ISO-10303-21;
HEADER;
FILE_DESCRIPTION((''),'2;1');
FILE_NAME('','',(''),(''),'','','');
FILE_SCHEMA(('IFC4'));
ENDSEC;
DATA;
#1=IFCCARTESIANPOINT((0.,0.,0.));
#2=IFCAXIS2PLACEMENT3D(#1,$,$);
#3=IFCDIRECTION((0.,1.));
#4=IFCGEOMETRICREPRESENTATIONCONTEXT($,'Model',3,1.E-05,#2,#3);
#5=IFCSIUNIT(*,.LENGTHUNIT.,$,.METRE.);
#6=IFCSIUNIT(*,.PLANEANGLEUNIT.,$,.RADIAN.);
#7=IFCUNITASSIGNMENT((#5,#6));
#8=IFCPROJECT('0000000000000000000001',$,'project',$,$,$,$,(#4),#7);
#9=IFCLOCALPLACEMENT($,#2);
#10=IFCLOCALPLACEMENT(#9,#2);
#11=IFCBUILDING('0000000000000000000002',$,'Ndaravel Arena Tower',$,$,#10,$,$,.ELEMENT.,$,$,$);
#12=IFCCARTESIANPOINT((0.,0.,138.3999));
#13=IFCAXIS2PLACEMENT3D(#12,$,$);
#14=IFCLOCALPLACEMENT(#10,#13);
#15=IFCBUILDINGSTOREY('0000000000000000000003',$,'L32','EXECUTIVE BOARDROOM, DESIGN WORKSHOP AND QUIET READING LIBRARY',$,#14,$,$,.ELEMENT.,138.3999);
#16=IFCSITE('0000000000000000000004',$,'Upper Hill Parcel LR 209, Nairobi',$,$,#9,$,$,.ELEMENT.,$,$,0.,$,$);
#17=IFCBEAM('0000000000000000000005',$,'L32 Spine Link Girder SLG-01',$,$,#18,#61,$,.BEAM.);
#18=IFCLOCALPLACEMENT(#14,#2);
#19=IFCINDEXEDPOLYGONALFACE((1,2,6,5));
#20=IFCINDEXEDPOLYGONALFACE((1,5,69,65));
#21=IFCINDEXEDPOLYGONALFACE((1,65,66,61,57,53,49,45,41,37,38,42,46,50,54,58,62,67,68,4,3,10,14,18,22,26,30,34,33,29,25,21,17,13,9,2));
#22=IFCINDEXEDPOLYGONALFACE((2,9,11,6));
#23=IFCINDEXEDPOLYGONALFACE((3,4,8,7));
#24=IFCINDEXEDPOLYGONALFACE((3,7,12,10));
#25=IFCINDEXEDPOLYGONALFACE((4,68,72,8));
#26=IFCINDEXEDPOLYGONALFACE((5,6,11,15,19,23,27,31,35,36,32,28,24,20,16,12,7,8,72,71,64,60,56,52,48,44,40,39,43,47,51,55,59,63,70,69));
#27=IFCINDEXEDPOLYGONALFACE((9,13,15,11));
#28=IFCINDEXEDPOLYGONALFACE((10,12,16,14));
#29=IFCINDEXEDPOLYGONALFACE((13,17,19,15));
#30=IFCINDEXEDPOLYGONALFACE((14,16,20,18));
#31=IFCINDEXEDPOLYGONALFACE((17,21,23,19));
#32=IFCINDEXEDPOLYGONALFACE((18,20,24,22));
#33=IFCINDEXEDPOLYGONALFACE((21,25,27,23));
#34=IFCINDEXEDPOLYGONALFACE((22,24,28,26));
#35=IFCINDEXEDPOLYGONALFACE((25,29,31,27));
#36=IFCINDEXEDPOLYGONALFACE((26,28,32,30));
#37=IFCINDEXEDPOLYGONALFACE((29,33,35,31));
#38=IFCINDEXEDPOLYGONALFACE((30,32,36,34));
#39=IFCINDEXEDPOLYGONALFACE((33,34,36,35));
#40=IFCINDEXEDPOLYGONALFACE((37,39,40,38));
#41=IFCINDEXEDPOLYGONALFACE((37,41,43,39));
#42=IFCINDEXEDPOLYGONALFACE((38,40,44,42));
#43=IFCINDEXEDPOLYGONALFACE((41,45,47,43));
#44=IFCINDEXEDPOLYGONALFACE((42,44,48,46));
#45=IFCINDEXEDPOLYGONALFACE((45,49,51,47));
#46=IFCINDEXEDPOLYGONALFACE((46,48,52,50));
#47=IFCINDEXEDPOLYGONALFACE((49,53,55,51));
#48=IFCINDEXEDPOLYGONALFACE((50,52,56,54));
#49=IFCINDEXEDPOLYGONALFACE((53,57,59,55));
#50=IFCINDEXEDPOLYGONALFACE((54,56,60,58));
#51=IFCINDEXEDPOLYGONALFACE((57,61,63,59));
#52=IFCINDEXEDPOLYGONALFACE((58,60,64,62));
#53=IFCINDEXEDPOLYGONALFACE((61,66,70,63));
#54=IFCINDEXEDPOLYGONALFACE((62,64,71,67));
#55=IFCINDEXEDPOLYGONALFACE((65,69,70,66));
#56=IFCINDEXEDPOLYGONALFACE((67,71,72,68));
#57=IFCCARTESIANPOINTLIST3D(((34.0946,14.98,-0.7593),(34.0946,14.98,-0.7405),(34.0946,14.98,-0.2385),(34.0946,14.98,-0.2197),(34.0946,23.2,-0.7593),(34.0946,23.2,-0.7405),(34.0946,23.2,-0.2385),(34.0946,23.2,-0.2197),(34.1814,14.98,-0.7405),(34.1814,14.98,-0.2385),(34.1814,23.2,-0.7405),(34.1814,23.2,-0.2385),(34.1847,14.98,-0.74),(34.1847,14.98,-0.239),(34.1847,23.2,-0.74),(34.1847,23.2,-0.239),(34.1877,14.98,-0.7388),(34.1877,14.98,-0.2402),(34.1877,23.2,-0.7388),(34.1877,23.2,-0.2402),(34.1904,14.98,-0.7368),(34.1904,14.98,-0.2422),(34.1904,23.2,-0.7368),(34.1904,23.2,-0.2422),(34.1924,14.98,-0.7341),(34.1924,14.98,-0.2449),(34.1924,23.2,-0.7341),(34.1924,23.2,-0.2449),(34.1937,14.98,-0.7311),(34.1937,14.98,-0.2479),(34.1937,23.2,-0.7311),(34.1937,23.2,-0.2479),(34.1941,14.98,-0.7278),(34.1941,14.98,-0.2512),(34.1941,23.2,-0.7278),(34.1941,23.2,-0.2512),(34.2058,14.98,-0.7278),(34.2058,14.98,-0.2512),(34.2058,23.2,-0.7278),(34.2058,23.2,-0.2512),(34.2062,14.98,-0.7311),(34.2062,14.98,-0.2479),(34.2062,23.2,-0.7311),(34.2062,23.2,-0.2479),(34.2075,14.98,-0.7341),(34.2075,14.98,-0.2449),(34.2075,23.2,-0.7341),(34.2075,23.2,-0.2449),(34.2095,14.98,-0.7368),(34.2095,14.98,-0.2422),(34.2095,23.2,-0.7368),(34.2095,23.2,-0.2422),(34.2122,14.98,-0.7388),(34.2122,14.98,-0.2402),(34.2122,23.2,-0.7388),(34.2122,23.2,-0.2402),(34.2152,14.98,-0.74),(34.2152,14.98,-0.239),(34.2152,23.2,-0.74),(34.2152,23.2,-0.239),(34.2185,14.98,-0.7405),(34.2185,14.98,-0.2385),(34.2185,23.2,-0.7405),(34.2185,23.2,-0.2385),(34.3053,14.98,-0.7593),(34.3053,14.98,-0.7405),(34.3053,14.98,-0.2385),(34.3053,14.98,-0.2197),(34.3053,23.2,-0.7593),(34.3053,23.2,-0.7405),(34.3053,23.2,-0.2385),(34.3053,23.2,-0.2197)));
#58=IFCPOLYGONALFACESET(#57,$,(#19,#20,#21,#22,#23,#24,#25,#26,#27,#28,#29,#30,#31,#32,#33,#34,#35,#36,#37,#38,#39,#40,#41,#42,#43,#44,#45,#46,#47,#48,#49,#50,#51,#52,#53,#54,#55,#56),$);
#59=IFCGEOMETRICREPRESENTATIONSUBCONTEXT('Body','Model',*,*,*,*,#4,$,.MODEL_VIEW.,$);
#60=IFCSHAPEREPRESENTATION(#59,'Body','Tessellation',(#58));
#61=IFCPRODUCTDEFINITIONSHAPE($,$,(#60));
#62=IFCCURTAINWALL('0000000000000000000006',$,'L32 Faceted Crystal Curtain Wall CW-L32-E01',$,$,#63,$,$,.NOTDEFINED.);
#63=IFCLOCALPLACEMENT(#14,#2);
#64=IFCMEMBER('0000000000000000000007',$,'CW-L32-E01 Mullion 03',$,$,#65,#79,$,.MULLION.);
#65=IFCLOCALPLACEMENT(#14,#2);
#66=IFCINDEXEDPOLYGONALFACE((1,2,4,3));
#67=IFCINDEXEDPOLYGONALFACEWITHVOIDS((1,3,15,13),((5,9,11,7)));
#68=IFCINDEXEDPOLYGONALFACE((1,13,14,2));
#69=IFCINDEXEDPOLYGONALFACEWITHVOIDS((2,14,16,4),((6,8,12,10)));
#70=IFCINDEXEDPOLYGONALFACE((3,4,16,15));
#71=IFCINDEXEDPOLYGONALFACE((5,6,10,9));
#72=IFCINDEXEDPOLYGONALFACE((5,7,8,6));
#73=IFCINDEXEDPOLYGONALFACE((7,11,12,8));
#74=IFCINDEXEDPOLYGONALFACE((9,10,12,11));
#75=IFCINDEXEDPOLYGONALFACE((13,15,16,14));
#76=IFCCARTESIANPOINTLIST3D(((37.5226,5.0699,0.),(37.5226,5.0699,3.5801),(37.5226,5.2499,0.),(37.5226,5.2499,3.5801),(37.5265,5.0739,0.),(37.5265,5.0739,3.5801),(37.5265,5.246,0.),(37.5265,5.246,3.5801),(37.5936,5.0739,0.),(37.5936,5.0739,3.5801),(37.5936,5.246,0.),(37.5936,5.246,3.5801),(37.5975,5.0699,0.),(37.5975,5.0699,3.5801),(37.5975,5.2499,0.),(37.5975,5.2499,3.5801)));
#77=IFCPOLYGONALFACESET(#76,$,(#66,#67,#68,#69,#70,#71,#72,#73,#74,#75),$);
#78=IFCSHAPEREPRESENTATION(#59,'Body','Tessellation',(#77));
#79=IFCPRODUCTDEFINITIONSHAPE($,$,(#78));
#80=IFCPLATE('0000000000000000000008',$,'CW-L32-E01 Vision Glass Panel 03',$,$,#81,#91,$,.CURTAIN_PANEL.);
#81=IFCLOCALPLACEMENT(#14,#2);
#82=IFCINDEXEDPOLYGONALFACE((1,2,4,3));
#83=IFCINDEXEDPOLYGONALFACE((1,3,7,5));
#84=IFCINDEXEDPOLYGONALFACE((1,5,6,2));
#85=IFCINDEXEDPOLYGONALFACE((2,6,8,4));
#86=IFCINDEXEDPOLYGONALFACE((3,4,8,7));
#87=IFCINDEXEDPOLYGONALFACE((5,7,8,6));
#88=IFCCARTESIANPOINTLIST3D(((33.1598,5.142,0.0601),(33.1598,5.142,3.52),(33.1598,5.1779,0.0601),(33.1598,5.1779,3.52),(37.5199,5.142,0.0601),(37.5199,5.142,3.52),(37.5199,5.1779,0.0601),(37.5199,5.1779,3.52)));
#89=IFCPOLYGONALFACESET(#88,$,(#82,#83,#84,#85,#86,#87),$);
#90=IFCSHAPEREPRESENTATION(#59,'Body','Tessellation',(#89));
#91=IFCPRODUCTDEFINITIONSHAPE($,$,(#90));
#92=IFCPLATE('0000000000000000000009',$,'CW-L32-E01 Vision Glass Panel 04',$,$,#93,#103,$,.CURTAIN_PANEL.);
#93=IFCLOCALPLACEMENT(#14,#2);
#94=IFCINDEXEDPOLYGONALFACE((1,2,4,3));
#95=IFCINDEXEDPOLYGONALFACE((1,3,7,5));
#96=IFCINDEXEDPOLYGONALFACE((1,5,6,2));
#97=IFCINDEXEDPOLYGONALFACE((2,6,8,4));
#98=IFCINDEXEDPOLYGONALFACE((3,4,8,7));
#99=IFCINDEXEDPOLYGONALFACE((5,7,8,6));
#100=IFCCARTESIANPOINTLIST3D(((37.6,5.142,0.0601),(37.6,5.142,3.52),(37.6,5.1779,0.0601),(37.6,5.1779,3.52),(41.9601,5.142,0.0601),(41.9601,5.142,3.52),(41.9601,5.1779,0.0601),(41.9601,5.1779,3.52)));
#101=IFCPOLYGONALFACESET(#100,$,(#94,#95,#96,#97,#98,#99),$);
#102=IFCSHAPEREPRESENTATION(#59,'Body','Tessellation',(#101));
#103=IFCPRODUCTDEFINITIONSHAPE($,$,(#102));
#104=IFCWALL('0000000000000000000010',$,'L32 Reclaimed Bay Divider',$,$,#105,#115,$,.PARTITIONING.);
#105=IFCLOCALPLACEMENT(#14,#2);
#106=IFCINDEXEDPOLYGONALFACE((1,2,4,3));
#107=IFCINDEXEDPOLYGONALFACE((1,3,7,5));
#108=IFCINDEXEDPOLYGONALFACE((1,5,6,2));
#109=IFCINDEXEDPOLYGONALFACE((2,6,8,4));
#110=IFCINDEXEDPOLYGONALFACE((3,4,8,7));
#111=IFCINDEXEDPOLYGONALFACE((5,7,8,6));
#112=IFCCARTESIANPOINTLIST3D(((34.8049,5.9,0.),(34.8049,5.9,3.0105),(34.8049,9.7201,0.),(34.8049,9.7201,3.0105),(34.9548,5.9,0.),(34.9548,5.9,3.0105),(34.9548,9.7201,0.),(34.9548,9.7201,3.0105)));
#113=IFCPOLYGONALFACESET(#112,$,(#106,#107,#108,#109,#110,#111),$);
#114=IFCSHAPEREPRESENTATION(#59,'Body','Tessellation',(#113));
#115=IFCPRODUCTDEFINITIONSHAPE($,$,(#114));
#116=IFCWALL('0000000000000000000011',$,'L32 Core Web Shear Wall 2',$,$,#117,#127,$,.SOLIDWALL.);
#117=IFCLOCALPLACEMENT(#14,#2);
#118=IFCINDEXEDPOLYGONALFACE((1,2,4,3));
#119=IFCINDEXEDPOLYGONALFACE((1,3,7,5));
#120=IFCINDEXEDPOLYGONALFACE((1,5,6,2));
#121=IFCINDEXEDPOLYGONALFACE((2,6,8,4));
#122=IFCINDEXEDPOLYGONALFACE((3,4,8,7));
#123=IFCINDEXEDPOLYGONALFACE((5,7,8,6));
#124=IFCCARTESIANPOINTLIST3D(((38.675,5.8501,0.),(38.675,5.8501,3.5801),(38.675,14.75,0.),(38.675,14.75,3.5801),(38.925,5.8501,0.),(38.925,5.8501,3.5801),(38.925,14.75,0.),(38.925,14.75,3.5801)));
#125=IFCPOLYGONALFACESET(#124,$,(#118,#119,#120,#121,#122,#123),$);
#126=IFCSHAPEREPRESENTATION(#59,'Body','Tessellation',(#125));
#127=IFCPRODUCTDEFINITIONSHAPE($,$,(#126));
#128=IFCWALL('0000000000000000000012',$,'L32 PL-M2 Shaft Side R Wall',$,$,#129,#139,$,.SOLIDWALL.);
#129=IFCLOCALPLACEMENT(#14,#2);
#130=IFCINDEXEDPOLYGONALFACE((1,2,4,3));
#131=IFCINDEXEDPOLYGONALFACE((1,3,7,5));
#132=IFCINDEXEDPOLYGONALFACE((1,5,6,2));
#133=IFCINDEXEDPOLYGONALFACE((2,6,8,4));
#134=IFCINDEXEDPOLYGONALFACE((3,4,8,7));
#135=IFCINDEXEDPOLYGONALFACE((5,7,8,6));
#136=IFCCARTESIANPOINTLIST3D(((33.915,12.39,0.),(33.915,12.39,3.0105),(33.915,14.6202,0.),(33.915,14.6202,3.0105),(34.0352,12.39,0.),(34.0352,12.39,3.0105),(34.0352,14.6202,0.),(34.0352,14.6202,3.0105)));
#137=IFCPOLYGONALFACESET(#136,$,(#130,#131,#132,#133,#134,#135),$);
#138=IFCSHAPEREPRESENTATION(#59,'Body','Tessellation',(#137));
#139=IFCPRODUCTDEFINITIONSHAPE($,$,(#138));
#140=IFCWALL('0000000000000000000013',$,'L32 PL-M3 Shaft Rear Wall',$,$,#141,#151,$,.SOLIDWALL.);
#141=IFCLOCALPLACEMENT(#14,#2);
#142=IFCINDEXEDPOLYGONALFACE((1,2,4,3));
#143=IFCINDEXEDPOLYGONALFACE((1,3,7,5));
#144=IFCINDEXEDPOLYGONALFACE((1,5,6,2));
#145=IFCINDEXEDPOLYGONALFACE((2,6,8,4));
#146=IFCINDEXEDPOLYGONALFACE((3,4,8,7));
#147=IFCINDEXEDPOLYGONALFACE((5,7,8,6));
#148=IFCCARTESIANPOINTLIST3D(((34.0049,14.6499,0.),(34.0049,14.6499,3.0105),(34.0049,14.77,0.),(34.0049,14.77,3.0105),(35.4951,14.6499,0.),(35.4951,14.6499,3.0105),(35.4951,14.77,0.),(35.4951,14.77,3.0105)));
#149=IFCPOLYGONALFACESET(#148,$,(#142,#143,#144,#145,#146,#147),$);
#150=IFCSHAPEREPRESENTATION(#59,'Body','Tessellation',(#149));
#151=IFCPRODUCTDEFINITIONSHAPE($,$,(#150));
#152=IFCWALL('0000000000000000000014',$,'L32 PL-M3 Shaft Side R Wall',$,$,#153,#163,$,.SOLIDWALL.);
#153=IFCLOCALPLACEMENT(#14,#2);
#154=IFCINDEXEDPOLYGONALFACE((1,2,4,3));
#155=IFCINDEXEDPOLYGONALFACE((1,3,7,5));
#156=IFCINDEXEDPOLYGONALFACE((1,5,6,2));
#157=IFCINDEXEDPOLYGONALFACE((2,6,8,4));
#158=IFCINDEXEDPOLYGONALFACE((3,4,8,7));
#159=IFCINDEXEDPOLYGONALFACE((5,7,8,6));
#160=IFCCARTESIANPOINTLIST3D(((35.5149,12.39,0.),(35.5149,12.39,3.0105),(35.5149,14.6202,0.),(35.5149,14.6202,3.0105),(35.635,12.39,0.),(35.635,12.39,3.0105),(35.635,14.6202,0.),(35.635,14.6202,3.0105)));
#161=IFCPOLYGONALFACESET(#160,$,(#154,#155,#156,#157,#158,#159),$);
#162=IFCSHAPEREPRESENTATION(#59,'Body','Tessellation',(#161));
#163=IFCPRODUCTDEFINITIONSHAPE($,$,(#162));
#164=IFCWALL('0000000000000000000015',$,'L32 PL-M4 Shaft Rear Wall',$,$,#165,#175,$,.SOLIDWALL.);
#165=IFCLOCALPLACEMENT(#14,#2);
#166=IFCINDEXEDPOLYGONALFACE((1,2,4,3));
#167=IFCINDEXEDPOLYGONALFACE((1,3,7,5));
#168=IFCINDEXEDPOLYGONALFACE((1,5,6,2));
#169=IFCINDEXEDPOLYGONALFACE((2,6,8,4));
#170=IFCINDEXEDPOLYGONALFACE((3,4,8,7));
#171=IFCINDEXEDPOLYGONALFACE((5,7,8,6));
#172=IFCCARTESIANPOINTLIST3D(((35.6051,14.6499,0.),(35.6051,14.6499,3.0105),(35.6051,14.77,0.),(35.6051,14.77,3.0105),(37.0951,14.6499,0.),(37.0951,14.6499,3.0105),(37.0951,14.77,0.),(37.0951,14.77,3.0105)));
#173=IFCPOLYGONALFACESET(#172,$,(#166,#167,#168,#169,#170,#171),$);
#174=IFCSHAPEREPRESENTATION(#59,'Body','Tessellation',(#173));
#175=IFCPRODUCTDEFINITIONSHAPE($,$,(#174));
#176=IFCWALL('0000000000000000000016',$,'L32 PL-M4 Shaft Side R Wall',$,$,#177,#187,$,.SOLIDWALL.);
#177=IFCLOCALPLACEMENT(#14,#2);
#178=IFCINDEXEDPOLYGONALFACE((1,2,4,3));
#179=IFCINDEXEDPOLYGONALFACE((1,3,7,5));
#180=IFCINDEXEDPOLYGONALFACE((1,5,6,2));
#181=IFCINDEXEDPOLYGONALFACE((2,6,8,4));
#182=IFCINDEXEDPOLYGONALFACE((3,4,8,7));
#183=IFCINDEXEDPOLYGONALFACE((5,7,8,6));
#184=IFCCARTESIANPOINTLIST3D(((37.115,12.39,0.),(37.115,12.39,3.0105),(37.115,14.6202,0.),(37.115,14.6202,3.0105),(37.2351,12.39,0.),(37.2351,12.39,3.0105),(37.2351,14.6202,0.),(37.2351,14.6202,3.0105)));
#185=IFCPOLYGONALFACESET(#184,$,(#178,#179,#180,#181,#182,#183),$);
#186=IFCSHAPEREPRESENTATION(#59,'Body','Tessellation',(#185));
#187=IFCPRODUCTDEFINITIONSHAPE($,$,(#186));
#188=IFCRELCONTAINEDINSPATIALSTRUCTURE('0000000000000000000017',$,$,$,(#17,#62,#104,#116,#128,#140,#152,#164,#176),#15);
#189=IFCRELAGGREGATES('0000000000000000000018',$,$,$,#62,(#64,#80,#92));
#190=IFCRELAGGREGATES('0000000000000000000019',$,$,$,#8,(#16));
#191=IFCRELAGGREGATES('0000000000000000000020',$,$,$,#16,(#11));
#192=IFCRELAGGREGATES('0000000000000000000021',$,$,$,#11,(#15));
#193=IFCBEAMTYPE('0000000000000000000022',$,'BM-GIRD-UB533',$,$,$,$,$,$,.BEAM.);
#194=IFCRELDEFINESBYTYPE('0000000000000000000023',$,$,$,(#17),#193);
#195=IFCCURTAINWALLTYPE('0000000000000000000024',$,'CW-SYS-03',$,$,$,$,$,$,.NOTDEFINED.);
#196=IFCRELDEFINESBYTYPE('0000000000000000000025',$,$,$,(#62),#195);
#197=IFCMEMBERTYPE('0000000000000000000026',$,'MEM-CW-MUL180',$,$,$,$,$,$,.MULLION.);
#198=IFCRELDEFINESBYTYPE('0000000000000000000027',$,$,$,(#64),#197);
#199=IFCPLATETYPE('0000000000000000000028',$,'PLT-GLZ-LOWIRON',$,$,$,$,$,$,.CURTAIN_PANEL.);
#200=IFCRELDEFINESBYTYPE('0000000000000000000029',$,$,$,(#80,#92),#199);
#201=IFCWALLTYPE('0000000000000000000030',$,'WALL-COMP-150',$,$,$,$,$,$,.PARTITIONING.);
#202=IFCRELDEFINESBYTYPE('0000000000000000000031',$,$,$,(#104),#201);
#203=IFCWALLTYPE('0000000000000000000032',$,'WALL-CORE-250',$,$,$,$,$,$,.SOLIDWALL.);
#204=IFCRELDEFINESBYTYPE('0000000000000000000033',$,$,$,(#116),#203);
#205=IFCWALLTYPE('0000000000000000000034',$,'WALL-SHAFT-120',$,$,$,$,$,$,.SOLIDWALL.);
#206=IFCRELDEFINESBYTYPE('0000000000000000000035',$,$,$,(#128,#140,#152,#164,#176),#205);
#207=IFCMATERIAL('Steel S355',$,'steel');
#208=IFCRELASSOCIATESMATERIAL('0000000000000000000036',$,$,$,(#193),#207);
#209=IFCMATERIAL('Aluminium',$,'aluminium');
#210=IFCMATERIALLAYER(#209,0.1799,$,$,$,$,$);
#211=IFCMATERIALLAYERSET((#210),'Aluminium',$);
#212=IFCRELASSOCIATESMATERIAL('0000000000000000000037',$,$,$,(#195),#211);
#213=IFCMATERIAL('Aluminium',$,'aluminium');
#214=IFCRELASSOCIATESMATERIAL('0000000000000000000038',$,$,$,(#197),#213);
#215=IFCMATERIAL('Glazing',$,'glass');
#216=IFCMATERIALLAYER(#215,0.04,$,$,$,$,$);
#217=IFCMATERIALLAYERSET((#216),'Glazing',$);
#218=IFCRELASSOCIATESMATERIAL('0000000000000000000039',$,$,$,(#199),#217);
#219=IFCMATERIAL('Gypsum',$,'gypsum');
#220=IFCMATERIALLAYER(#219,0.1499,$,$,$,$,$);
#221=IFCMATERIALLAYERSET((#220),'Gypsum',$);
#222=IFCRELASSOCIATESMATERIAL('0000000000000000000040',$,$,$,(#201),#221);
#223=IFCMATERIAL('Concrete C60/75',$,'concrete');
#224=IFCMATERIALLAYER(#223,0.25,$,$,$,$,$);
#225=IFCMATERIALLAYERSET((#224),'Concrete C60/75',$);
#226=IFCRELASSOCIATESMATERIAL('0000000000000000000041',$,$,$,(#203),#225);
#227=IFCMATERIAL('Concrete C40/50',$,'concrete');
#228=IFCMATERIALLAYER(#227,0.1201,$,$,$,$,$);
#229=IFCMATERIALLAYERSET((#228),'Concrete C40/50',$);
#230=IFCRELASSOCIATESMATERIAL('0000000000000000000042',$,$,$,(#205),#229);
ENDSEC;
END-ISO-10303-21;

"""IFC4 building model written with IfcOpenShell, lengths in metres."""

from ifc_helpers import new_model, si_unit, direction, frame, frame_2d, origin, origin_2d, place, context, subcontext, project, spatial, rectangle, hollow_rectangle, i_section, extrude, material, layer, layer_set, material_profile, profile_set, type_object, element, aggregate, save


model = new_model("IFC4")

# Units and contexts
model_context = context("Model", 3, precision=1e-05, world=origin(), true_north=direction((0.0, 1.0)))
body_context = subcontext(model_context, "Body", "Model", "MODEL_VIEW")
ifc_project = project(units=[si_unit("LENGTHUNIT", "METRE"), si_unit("PLANEANGLEUNIT", "RADIAN")], contexts=[model_context])

# Site, building, storey
site_placement = place(None, origin())
site = spatial("IfcSite", under=ifc_project, at=site_placement, Name="Upper Hill Parcel LR 209, Nairobi", CompositionType="ELEMENT", RefElevation=0.0)
building_placement = place(site_placement, origin())
building = spatial("IfcBuilding", under=site, at=building_placement, Name="Ndaravel Arena Tower", CompositionType="ELEMENT")
storey_placement = place(building_placement, frame((0.0, 0.0, 138.3999)))
storey = spatial("IfcBuildingStorey", under=building, at=storey_placement, Name="L32", Description="EXECUTIVE BOARDROOM, DESIGN WORKSHOP AND QUIET READING LIBRARY", CompositionType="ELEMENT", Elevation=138.3999)

# Beam
ifc_material_1 = material(Name="Steel S355", Category="steel")
ifc_material_profile_1 = material_profile(ifc_material_1, i_section(OverallWidth=0.2107, OverallDepth=0.5396, WebThickness=0.0117, FlangeThickness=0.0188, FilletRadius=0.0127, at=origin_2d()), Name="UB 533x210x109")
ifc_profile_set_1 = profile_set([ifc_material_profile_1], Name="Steel S355")
beam_type = type_object("IfcBeamType", Name="BM-GIRD-UB533", PredefinedType="BEAM", material=ifc_profile_set_1)
beam_placement = place(storey_placement, frame((34.2, 14.98, -0.4895), z_axis=(0.0, 1.0, 0.0), x_axis=(-1.0, 0.0, 0.0)))
element("IfcBeam", 1, at=beam_placement, inside=storey, type_object=beam_type, Name="L32 Spine Link Girder SLG-01", PredefinedType="BEAM", context=body_context, shape_type="SweptSolid", body=[
    extrude(i_section(OverallWidth=0.2107, OverallDepth=0.5396, WebThickness=0.0117, FlangeThickness=0.0188, FilletRadius=0.0127, at=origin_2d()), origin(), (0.0, 0.0, 1.0), 8.22),
])

# Curtain wall, member, plates
ifc_material_2 = material(Name="Aluminium", Category="aluminium")
ifc_layer_1 = layer(ifc_material_2, 0.1799)
ifc_layer_set_1 = layer_set([ifc_layer_1], Name="Aluminium")
curtain_wall_type = type_object("IfcCurtainWallType", Name="CW-SYS-03", PredefinedType="NOTDEFINED", material=ifc_layer_set_1)
curtain_wall_placement = place(storey_placement, origin())
curtain_wall = element("IfcCurtainWall", 2, at=curtain_wall_placement, inside=storey, type_object=curtain_wall_type, Name="L32 Faceted Crystal Curtain Wall CW-L32-E01", PredefinedType="NOTDEFINED")
ifc_material_3 = material(Name="Aluminium", Category="aluminium")
ifc_material_profile_2 = material_profile(ifc_material_3, hollow_rectangle(XDim=0.075, YDim=0.1799, WallThickness=0.0039, at=origin_2d()), Name="CW MULLION 75x180x4")
ifc_profile_set_2 = profile_set([ifc_material_profile_2], Name="Aluminium")
member_type = type_object("IfcMemberType", Name="MEM-CW-MUL180", PredefinedType="MULLION", material=ifc_profile_set_2)
member_placement = place(storey_placement, frame((37.5601, 5.1599, 0.0), z_axis=(0.0, 0.0, 1.0), x_axis=(1.0, 0.0, 0.0)))
member = element("IfcMember", 3, at=member_placement, type_object=member_type, Name="CW-L32-E01 Mullion 03", PredefinedType="MULLION", context=body_context, shape_type="SweptSolid", body=[
    extrude(hollow_rectangle(XDim=0.075, YDim=0.1799, WallThickness=0.0039, at=origin_2d()), origin(), (0.0, 0.0, 1.0), 3.5801),
])
ifc_material_4 = material(Name="Glazing", Category="glass")
ifc_layer_2 = layer(ifc_material_4, 0.04)
ifc_layer_set_2 = layer_set([ifc_layer_2], Name="Glazing")
plate_type = type_object("IfcPlateType", Name="PLT-GLZ-LOWIRON", PredefinedType="CURTAIN_PANEL", material=ifc_layer_set_2)
plate_1_placement = place(storey_placement, frame((35.3398, 5.1599, 0.0601), z_axis=(0.0, 0.0, 1.0), x_axis=(1.0, 0.0, 0.0)))
plate_1 = element("IfcPlate", 4, at=plate_1_placement, type_object=plate_type, Name="CW-L32-E01 Vision Glass Panel 03", PredefinedType="CURTAIN_PANEL", context=body_context, shape_type="SweptSolid", body=[
    extrude(rectangle(XDim=4.3601, YDim=0.0359, at=origin_2d()), origin(), (0.0, 0.0, 1.0), 3.46),
])
plate_2_placement = place(storey_placement, frame((39.78, 5.1599, 0.0601), z_axis=(0.0, 0.0, 1.0), x_axis=(1.0, 0.0, 0.0)))
plate_2 = element("IfcPlate", 5, at=plate_2_placement, type_object=plate_type, Name="CW-L32-E01 Vision Glass Panel 04", PredefinedType="CURTAIN_PANEL", context=body_context, shape_type="SweptSolid", body=[
    extrude(rectangle(XDim=4.3601, YDim=0.0359, at=origin_2d()), origin(), (0.0, 0.0, 1.0), 3.46),
])
aggregate(curtain_wall, [member, plate_1, plate_2])

# Walls
ifc_material_5 = material(Name="Gypsum", Category="gypsum")
ifc_layer_3 = layer(ifc_material_5, 0.1499)
ifc_layer_set_3 = layer_set([ifc_layer_3], Name="Gypsum")
wall_type_1 = type_object("IfcWallType", Name="WALL-COMP-150", PredefinedType="PARTITIONING", material=ifc_layer_set_3)
wall_1_placement = place(storey_placement, frame((34.8799, 5.8999, 0.0), z_axis=(0.0, 0.0, 1.0), x_axis=(0.0, 1.0, 0.0)))
element("IfcWall", 6, at=wall_1_placement, inside=storey, type_object=wall_type_1, Name="L32 Reclaimed Bay Divider", PredefinedType="PARTITIONING", context=body_context, shape_type="SweptSolid", body=[
    extrude(rectangle(XDim=3.8201, YDim=0.1499, at=frame_2d((1.9102, 0.0))), origin(), (0.0, 0.0, 1.0), 3.0105),
])
ifc_material_6 = material(Name="Concrete C60/75", Category="concrete")
ifc_layer_4 = layer(ifc_material_6, 0.25)
ifc_layer_set_4 = layer_set([ifc_layer_4], Name="Concrete C60/75")
wall_type_2 = type_object("IfcWallType", Name="WALL-CORE-250", PredefinedType="SOLIDWALL", material=ifc_layer_set_4)
wall_2_placement = place(storey_placement, frame((38.8, 5.8501, 0.0), z_axis=(0.0, 0.0, 1.0), x_axis=(0.0, 1.0, 0.0)))
element("IfcWall", 7, at=wall_2_placement, inside=storey, type_object=wall_type_2, Name="L32 Core Web Shear Wall 2", PredefinedType="SOLIDWALL", context=body_context, shape_type="SweptSolid", body=[
    extrude(rectangle(XDim=8.8999, YDim=0.25, at=frame_2d((4.45, 0.0))), origin(), (0.0, 0.0, 1.0), 3.5801),
])
ifc_material_7 = material(Name="Concrete C40/50", Category="concrete")
ifc_layer_5 = layer(ifc_material_7, 0.1201)
ifc_layer_set_5 = layer_set([ifc_layer_5], Name="Concrete C40/50")
wall_type_3 = type_object("IfcWallType", Name="WALL-SHAFT-120", PredefinedType="SOLIDWALL", material=ifc_layer_set_5)
wall_3_placement = place(storey_placement, frame((33.9751, 12.3899, 0.0), z_axis=(0.0, 0.0, 1.0), x_axis=(0.0, 1.0, 0.0)))
element("IfcWall", 8, at=wall_3_placement, inside=storey, type_object=wall_type_3, Name="L32 PL-M2 Shaft Side R Wall", PredefinedType="SOLIDWALL", context=body_context, shape_type="SweptSolid", body=[
    extrude(rectangle(XDim=2.2302, YDim=0.1201, at=frame_2d((1.1152, 0.0))), origin(), (0.0, 0.0, 1.0), 3.0105),
])
wall_4_placement = place(storey_placement, frame((34.0049, 14.71, 0.0), z_axis=(0.0, 0.0, 1.0), x_axis=(1.0, 0.0, 0.0)))
element("IfcWall", 9, at=wall_4_placement, inside=storey, type_object=wall_type_3, Name="L32 PL-M3 Shaft Rear Wall", PredefinedType="SOLIDWALL", context=body_context, shape_type="SweptSolid", body=[
    extrude(rectangle(XDim=1.4902, YDim=0.1201, at=frame_2d((0.7451, 0.0))), origin(), (0.0, 0.0, 1.0), 3.0105),
])
wall_5_placement = place(storey_placement, frame((35.575, 12.3899, 0.0), z_axis=(0.0, 0.0, 1.0), x_axis=(0.0, 1.0, 0.0)))
element("IfcWall", 10, at=wall_5_placement, inside=storey, type_object=wall_type_3, Name="L32 PL-M3 Shaft Side R Wall", PredefinedType="SOLIDWALL", context=body_context, shape_type="SweptSolid", body=[
    extrude(rectangle(XDim=2.2302, YDim=0.1201, at=frame_2d((1.1152, 0.0))), origin(), (0.0, 0.0, 1.0), 3.0105),
])
wall_6_placement = place(storey_placement, frame((35.605, 14.71, 0.0), z_axis=(0.0, 0.0, 1.0), x_axis=(1.0, 0.0, 0.0)))
element("IfcWall", 11, at=wall_6_placement, inside=storey, type_object=wall_type_3, Name="L32 PL-M4 Shaft Rear Wall", PredefinedType="SOLIDWALL", context=body_context, shape_type="SweptSolid", body=[
    extrude(rectangle(XDim=1.49, YDim=0.1201, at=frame_2d((0.7451, 0.0))), origin(), (0.0, 0.0, 1.0), 3.0105),
])
wall_7_placement = place(storey_placement, frame((37.175, 12.3899, 0.0), z_axis=(0.0, 0.0, 1.0), x_axis=(0.0, 1.0, 0.0)))
element("IfcWall", 12, at=wall_7_placement, inside=storey, type_object=wall_type_3, Name="L32 PL-M4 Shaft Side R Wall", PredefinedType="SOLIDWALL", context=body_context, shape_type="SweptSolid", body=[
    extrude(rectangle(XDim=2.2302, YDim=0.1201, at=frame_2d((1.1152, 0.0))), origin(), (0.0, 0.0, 1.0), 3.0105),
])

save(model, "model.ifc")
